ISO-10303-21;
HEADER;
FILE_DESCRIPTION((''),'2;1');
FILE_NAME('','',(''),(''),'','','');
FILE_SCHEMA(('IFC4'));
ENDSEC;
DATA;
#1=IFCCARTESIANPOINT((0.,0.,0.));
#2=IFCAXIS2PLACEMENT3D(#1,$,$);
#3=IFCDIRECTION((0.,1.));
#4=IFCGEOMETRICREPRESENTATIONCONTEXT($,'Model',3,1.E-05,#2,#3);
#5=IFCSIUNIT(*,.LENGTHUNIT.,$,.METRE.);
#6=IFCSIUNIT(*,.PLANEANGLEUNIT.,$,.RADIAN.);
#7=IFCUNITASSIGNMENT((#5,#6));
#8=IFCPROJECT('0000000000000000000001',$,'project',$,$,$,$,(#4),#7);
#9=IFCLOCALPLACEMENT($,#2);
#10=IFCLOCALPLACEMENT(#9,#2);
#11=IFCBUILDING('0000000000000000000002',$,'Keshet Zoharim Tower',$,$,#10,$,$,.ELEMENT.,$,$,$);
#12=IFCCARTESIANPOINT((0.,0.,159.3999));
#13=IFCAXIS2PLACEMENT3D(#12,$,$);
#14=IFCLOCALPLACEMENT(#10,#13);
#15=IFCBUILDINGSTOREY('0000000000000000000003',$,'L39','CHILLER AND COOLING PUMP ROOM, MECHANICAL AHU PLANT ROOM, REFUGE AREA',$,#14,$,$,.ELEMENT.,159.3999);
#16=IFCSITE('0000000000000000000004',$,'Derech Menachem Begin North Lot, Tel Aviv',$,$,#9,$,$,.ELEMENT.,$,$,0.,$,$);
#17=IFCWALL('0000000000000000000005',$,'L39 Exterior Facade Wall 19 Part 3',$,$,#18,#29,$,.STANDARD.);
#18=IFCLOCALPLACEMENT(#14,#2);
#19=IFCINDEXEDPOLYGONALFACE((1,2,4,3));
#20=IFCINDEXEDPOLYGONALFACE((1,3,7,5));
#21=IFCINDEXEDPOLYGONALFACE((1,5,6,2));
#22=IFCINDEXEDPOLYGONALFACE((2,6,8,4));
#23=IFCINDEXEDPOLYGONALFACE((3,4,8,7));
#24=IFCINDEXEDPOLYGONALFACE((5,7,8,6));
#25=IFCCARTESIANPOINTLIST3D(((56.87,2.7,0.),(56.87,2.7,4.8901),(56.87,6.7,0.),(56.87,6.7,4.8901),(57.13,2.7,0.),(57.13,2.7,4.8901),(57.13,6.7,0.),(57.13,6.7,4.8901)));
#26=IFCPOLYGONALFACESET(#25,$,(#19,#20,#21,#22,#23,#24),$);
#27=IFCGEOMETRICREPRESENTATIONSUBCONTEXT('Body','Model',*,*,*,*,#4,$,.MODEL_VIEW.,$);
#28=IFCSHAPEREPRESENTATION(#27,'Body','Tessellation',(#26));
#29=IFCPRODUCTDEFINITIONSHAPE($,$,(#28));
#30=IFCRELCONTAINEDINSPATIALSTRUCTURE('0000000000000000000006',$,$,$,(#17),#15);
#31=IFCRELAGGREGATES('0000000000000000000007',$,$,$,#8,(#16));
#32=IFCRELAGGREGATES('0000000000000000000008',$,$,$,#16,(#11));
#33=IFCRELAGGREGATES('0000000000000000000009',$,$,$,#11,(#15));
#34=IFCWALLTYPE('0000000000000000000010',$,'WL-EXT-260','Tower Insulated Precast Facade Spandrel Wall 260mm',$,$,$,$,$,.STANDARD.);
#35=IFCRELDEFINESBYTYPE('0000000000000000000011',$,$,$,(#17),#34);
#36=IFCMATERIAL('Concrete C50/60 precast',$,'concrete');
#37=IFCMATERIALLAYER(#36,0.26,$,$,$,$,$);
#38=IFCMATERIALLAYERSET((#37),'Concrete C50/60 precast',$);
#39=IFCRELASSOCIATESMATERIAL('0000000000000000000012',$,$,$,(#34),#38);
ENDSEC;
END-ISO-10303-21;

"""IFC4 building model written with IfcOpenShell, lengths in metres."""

from ifc_helpers import new_model, si_unit, direction, frame, frame_2d, origin, place, context, subcontext, project, spatial, rectangle, extrude, material, layer, layer_set, type_object, element, save


model = new_model("IFC4")

# Units and contexts
model_context = context("Model", 3, precision=1e-05, world=origin(), true_north=direction((0.0, 1.0)))
body_context = subcontext(model_context, "Body", "Model", "MODEL_VIEW")
ifc_project = project(units=[si_unit("LENGTHUNIT", "METRE"), si_unit("PLANEANGLEUNIT", "RADIAN")], contexts=[model_context])

# Site, building, storey
site_placement = place(None, origin())
site = spatial("IfcSite", under=ifc_project, at=site_placement, Name="Derech Menachem Begin North Lot, Tel Aviv", CompositionType="ELEMENT", RefElevation=0.0)
building_placement = place(site_placement, origin())
building = spatial("IfcBuilding", under=site, at=building_placement, Name="Keshet Zoharim Tower", CompositionType="ELEMENT")
storey_placement = place(building_placement, frame((0.0, 0.0, 159.3999)))
storey = spatial("IfcBuildingStorey", under=building, at=storey_placement, Name="L39", Description="CHILLER AND COOLING PUMP ROOM, MECHANICAL AHU PLANT ROOM, REFUGE AREA", CompositionType="ELEMENT", Elevation=159.3999)

# Wall
ifc_material_1 = material(Name="Concrete C50/60 precast", Category="concrete")
ifc_layer_1 = layer(ifc_material_1, 0.26)
ifc_layer_set_1 = layer_set([ifc_layer_1], Name="Concrete C50/60 precast")
wall_type = type_object("IfcWallType", Name="WL-EXT-260", Description="Tower Insulated Precast Facade Spandrel Wall 260mm", PredefinedType="STANDARD", material=ifc_layer_set_1)
wall_1_placement = place(storey_placement, frame((57.0, 6.7, 0.0), z_axis=(0.0, 0.0, 1.0), x_axis=(0.0, -1.0, 0.0)))
element("IfcWall", 1, at=wall_1_placement, inside=storey, type_object=wall_type, Name="L39 Exterior Facade Wall 19 Part 3", PredefinedType="STANDARD", context=body_context, shape_type="SweptSolid", body=[
    extrude(rectangle(XDim=4.0, YDim=0.26, at=frame_2d((2.0, 0.0))), origin(), (0.0, 0.0, 1.0), 4.8901),
])

save(model, "model.ifc")
